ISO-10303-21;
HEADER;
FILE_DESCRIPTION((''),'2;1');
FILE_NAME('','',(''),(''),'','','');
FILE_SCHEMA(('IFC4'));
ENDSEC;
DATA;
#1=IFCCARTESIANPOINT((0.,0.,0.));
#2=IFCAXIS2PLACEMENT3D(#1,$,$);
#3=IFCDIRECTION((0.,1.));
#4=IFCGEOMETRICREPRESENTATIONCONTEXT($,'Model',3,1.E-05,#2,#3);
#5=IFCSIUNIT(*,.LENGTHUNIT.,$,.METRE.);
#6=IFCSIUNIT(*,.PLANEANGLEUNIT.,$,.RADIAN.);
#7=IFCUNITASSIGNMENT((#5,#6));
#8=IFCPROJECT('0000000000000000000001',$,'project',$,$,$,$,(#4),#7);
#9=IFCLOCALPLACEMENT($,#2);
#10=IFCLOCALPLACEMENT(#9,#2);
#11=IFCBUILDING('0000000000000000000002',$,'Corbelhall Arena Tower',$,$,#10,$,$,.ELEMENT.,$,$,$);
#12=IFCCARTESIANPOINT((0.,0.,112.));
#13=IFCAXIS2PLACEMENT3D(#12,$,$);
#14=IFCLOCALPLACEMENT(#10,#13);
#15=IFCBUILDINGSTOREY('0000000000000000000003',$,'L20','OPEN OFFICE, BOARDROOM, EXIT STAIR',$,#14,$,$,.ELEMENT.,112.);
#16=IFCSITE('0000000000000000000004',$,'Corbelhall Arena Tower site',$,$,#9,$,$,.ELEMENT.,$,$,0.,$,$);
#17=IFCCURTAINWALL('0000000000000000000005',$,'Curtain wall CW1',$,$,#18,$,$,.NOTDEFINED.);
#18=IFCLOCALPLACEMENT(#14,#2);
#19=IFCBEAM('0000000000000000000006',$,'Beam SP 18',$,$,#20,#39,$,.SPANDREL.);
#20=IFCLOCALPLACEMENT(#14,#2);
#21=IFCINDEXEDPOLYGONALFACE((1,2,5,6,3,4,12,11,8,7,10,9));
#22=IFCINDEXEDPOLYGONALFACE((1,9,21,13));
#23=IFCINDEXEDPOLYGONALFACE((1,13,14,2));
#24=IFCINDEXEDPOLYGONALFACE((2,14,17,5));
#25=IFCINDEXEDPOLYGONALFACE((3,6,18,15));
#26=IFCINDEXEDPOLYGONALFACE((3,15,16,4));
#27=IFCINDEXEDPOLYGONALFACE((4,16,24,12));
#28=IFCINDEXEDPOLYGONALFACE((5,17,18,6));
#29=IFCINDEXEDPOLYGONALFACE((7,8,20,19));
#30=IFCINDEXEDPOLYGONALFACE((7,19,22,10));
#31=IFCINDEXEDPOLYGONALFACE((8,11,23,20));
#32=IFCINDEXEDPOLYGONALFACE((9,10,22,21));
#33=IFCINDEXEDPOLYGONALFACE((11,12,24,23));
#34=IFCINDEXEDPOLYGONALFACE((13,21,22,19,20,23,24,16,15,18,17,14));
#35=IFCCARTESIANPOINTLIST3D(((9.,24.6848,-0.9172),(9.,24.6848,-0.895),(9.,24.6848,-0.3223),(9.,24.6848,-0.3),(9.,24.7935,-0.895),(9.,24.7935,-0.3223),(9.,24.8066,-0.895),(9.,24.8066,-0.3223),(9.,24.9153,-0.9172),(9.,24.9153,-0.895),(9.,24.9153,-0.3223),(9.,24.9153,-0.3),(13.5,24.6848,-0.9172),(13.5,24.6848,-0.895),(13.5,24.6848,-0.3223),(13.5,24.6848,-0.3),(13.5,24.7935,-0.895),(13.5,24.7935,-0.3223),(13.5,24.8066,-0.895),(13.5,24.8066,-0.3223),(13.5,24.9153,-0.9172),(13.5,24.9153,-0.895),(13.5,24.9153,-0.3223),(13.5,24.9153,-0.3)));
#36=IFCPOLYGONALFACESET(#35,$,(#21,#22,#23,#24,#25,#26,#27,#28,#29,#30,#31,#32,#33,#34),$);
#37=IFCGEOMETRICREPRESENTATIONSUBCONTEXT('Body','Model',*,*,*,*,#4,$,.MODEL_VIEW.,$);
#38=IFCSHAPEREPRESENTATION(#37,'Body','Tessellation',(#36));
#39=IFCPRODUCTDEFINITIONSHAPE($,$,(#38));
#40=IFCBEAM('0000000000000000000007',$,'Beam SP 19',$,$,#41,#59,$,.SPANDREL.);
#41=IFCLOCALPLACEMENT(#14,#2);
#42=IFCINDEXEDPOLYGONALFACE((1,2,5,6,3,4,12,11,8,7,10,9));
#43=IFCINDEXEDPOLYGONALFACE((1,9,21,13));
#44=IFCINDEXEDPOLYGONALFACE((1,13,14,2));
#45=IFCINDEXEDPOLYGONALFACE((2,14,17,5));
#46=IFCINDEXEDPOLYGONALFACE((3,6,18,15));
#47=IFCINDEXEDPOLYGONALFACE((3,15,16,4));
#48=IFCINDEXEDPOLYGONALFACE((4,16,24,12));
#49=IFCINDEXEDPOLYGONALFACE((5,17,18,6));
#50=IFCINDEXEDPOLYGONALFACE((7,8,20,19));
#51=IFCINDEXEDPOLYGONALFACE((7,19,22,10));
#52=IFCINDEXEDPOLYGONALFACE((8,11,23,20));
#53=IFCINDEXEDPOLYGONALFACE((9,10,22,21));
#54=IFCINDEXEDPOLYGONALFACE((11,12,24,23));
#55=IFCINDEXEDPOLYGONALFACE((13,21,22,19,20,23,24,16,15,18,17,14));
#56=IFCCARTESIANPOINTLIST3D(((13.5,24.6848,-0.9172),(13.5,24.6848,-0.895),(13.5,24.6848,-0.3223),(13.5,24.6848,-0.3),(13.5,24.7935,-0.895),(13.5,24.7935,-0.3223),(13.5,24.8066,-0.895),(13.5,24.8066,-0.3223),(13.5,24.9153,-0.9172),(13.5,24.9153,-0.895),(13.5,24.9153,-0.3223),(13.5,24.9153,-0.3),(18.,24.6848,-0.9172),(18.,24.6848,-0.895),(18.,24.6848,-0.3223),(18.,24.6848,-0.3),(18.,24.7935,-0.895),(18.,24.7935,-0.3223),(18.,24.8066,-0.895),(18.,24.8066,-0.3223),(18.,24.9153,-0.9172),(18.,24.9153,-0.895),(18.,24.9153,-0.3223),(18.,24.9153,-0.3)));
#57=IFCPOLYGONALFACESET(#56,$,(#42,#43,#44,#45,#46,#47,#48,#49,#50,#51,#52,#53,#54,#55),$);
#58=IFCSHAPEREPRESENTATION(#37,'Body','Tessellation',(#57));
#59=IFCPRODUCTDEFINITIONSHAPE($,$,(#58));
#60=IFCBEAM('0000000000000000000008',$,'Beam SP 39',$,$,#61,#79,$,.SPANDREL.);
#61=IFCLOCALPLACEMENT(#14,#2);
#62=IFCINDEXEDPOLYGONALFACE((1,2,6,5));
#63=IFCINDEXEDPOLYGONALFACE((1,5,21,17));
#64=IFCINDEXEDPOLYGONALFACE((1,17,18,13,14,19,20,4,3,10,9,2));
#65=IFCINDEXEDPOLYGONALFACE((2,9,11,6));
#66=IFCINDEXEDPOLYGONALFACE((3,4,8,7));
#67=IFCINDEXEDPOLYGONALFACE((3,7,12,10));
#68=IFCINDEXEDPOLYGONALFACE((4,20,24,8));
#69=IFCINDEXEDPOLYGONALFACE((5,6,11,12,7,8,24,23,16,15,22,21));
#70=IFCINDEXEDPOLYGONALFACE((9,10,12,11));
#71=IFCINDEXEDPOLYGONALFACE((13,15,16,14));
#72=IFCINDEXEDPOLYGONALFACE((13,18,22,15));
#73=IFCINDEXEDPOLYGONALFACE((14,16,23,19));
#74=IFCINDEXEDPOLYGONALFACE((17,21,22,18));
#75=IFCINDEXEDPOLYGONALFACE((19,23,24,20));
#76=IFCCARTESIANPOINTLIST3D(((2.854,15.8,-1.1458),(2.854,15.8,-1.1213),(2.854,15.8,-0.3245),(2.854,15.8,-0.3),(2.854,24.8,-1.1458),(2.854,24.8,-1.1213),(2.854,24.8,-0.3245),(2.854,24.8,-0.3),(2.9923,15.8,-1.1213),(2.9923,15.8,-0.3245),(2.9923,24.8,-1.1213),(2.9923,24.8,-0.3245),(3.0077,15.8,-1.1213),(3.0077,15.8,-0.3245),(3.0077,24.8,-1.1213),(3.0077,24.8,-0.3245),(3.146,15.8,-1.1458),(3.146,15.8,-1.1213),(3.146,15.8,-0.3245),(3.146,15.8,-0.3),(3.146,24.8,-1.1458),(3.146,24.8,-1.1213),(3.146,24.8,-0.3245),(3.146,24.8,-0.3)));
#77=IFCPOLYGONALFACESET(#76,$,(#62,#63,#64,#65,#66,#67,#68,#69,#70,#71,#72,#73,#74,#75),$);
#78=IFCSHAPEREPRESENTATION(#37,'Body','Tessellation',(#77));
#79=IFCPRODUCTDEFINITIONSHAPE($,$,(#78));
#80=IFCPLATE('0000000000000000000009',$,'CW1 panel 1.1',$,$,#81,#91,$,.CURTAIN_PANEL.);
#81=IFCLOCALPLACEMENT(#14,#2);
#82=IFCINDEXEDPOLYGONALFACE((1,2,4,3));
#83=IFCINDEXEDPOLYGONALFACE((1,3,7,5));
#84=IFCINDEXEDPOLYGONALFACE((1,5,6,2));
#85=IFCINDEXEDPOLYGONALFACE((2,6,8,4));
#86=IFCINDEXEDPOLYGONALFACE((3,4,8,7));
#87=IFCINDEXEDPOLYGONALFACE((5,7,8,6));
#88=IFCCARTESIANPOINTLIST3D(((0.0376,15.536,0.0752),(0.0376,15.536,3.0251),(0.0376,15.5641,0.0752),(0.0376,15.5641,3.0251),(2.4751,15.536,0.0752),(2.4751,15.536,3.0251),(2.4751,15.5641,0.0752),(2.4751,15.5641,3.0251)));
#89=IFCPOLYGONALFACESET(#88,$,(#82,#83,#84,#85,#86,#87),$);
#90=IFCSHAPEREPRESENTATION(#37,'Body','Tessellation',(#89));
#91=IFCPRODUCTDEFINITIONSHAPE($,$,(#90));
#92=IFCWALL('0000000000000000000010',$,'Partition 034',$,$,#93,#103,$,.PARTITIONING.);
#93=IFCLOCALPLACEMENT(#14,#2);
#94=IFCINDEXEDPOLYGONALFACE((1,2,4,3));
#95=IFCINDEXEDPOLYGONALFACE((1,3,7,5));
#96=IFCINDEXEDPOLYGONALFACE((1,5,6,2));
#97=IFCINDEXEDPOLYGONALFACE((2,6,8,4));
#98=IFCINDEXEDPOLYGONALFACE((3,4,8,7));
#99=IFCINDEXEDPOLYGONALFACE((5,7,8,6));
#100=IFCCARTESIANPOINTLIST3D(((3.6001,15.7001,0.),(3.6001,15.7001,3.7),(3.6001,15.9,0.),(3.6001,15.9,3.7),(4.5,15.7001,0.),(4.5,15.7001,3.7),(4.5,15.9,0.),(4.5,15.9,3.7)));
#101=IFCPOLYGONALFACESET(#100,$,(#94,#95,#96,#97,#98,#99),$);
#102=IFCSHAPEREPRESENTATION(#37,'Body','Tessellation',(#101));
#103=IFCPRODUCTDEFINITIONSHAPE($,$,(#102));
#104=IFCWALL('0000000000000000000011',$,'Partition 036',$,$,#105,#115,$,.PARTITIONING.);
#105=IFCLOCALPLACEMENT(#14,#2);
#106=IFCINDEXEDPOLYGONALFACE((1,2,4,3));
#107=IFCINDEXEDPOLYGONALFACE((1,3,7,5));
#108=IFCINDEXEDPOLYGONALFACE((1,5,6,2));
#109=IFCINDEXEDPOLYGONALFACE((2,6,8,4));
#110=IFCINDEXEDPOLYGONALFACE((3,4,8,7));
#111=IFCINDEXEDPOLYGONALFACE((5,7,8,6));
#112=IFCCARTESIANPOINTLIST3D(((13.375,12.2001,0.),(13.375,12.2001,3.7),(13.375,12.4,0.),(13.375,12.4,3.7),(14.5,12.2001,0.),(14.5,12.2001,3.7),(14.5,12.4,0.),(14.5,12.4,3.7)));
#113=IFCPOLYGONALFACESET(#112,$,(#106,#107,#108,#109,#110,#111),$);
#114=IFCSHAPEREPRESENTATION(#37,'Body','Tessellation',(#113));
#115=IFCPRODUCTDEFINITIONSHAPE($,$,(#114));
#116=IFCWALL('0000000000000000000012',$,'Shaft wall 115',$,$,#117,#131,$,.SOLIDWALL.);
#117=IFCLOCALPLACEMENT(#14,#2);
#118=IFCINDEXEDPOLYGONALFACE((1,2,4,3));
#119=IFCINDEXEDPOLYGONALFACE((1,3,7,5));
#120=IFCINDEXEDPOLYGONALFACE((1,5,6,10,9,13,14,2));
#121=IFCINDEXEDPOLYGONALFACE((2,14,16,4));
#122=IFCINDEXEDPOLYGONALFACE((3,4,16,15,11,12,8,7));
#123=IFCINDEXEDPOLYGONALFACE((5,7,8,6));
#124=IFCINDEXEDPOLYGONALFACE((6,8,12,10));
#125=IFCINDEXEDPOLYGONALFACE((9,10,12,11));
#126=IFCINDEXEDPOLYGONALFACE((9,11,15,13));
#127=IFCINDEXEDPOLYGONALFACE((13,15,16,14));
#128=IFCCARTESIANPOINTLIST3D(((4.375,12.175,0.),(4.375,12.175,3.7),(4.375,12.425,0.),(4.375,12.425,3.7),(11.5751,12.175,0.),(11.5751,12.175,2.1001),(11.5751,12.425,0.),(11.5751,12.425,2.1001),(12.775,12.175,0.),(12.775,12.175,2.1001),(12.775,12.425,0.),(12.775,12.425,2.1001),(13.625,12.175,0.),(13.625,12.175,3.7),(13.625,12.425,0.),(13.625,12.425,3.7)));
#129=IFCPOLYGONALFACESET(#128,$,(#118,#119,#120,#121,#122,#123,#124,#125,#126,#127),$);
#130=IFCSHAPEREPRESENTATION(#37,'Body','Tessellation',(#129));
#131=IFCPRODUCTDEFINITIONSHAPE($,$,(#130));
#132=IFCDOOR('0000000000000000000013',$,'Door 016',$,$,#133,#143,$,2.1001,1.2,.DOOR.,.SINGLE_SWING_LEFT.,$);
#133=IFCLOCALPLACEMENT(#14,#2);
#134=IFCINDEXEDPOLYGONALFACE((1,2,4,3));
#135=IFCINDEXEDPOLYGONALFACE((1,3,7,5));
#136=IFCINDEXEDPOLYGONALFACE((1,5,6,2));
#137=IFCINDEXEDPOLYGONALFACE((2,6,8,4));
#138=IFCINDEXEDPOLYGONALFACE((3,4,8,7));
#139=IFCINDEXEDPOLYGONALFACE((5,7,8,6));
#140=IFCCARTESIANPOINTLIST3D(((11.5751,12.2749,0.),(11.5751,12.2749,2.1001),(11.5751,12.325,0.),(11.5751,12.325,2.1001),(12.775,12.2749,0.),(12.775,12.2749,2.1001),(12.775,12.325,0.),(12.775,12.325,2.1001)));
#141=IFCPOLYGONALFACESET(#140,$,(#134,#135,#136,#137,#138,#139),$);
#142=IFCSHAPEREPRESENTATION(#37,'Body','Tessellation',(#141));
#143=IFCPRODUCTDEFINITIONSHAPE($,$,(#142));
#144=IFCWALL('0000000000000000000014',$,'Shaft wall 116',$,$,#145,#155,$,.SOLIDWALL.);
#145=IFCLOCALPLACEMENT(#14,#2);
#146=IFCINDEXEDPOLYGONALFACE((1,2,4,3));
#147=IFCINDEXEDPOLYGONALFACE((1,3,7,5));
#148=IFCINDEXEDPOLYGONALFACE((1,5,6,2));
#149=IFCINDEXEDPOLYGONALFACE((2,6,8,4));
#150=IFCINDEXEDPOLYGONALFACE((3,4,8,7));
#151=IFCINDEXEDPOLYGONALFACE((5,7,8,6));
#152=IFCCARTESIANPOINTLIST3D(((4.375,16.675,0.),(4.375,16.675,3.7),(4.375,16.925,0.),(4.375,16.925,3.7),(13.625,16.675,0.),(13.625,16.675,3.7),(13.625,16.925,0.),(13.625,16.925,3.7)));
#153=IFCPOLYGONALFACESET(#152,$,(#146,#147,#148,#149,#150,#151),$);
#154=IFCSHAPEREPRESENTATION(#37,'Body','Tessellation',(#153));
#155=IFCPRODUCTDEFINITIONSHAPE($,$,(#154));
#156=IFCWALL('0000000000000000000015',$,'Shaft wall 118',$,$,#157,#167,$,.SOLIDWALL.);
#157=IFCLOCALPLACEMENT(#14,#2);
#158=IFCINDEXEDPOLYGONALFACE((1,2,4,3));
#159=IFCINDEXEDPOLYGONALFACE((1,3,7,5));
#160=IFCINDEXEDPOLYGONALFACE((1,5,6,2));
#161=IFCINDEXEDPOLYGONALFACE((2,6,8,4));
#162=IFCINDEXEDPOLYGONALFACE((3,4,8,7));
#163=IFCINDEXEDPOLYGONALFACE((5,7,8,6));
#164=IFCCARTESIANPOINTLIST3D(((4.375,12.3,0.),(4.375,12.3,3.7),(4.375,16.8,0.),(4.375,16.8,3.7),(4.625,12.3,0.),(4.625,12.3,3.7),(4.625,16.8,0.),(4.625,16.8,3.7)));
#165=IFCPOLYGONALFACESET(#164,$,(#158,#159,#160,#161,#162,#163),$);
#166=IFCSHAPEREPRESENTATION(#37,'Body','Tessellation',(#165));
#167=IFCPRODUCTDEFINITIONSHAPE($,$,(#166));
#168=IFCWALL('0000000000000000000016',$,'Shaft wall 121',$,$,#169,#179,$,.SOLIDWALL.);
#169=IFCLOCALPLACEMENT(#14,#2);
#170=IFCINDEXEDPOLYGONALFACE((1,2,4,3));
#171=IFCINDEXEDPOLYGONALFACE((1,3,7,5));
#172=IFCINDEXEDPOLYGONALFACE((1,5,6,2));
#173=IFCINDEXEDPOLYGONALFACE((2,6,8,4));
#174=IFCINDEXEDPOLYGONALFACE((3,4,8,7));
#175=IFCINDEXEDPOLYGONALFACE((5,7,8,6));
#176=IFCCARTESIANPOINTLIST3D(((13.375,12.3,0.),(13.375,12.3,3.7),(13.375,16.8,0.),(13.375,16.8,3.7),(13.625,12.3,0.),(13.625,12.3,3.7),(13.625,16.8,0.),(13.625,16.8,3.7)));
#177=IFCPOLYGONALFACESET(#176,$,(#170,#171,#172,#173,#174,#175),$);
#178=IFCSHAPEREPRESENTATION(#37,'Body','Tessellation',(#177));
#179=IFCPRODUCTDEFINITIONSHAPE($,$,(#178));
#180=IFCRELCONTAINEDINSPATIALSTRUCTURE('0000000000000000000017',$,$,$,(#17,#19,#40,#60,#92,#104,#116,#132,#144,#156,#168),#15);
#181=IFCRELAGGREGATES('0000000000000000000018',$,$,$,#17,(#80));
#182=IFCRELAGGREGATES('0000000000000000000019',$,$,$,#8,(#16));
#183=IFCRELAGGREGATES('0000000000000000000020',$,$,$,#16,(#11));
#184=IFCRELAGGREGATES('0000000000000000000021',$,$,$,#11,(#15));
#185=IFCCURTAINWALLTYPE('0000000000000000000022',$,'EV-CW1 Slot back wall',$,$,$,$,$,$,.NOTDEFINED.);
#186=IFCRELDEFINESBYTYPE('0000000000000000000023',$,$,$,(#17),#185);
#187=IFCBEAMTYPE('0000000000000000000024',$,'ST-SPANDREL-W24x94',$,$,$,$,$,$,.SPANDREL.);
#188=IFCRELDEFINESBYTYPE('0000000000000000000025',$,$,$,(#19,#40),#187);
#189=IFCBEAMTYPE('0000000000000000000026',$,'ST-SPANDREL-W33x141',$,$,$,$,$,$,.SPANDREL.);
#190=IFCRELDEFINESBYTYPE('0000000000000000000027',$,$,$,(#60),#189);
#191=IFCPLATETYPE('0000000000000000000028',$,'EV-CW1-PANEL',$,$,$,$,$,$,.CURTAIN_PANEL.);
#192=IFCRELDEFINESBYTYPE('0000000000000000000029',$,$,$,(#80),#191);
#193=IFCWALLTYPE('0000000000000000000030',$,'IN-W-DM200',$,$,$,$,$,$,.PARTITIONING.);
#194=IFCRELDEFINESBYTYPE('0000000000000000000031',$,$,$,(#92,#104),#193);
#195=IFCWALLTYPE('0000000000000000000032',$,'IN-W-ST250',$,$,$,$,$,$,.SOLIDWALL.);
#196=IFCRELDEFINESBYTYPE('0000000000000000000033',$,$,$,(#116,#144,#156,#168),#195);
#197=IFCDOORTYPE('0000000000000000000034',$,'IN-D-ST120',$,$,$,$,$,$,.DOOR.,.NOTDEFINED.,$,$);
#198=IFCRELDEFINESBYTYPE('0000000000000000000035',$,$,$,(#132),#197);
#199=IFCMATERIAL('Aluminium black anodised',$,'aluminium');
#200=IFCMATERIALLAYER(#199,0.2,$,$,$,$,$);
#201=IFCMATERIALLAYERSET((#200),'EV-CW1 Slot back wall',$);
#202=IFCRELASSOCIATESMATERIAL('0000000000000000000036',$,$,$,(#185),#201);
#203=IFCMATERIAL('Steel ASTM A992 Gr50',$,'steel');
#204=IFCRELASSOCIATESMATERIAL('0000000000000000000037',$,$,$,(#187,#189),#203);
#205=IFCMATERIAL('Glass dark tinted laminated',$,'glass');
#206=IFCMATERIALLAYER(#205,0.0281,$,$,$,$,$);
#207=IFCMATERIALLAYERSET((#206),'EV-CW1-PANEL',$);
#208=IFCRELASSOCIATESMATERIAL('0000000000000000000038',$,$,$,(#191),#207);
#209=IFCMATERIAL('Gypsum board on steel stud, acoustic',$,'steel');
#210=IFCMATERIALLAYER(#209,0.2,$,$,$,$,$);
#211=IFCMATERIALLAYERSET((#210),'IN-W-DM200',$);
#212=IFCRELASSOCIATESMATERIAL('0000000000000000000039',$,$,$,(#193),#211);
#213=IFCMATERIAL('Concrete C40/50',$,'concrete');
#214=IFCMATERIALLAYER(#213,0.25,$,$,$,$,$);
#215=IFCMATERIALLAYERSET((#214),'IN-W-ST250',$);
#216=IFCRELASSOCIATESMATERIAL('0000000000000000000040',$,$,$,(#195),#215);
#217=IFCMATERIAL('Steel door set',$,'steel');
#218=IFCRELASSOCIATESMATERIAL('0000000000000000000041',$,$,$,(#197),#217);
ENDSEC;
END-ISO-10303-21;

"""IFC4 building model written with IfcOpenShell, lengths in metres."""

from ifc_helpers import new_model, si_unit, direction, frame, frame_2d, origin, origin_2d, place, context, subcontext, project, spatial, rectangle, i_section, extrude, material, layer, layer_set, material_profile, profile_set, type_object, element, fill, aggregate, save


model = new_model("IFC4")

# Units and contexts
model_context = context("Model", 3, precision=1e-05, world=origin(), true_north=direction((0.0, 1.0)))
body_context = subcontext(model_context, "Body", "Model", "MODEL_VIEW")
ifc_project = project(units=[si_unit("LENGTHUNIT", "METRE"), si_unit("PLANEANGLEUNIT", "RADIAN")], contexts=[model_context])

# Site, building, storey
site_placement = place(None, origin())
site = spatial("IfcSite", under=ifc_project, at=site_placement, Name="Corbelhall Arena Tower site", CompositionType="ELEMENT", RefElevation=0.0)
building_placement = place(site_placement, origin())
building = spatial("IfcBuilding", under=site, at=building_placement, Name="Corbelhall Arena Tower", CompositionType="ELEMENT")
storey_placement = place(building_placement, frame((0.0, 0.0, 112.0)))
storey = spatial("IfcBuildingStorey", under=building, at=storey_placement, Name="L20", Description="OPEN OFFICE, BOARDROOM, EXIT STAIR", CompositionType="ELEMENT", Elevation=112.0)

# Curtain wall
ifc_material_1 = material(Name="Aluminium black anodised", Category="aluminium")
ifc_layer_1 = layer(ifc_material_1, 0.2)
ifc_layer_set_1 = layer_set([ifc_layer_1], Name="EV-CW1 Slot back wall")
curtain_wall_type = type_object("IfcCurtainWallType", Name="EV-CW1 Slot back wall", PredefinedType="NOTDEFINED", material=ifc_layer_set_1)
curtain_wall_placement = place(storey_placement, origin())
curtain_wall = element("IfcCurtainWall", 1, at=curtain_wall_placement, inside=storey, type_object=curtain_wall_type, Name="Curtain wall CW1", PredefinedType="NOTDEFINED")

# Beams
ifc_material_2 = material(Name="Steel ASTM A992 Gr50", Category="steel")
ifc_material_profile_1 = material_profile(ifc_material_2, i_section(OverallWidth=0.2305, OverallDepth=0.6172, WebThickness=0.0132, FlangeThickness=0.0222, at=origin_2d()))
ifc_profile_set_1 = profile_set([ifc_material_profile_1], Name="Steel ASTM A992 Gr50")
beam_type_1 = type_object("IfcBeamType", Name="ST-SPANDREL-W24x94", PredefinedType="SPANDREL", material=ifc_profile_set_1)
for number, where, z_axis, x_axis, name in (
    (2, (9.0, 24.8, -0.6086), (1.0, 0.0, 0.0), (0.0, 1.0, 0.0), "Beam SP 18"),
    (3, (13.5, 24.8, -0.6086), (1.0, 0.0, 0.0), (0.0, 1.0, 0.0), "Beam SP 19"),
):
    element("IfcBeam", number, at=place(storey_placement, frame(where, z_axis=z_axis, x_axis=x_axis)), inside=storey, type_object=beam_type_1, Name=name, PredefinedType="SPANDREL", context=body_context, shape_type="SweptSolid", body=[
        extrude(i_section(OverallWidth=0.2305, OverallDepth=0.6172, WebThickness=0.0132, FlangeThickness=0.0222, at=origin_2d()), origin(), (0.0, 0.0, 1.0), 4.5),
    ])
ifc_material_profile_2 = material_profile(ifc_material_2, i_section(OverallWidth=0.292, OverallDepth=0.8457, WebThickness=0.0154, FlangeThickness=0.0244, at=origin_2d()))
ifc_profile_set_2 = profile_set([ifc_material_profile_2], Name="Steel ASTM A992 Gr50")
beam_type_2 = type_object("IfcBeamType", Name="ST-SPANDREL-W33x141", PredefinedType="SPANDREL", material=ifc_profile_set_2)
beam_1_placement = place(storey_placement, frame((3.0, 15.8, -0.7229), z_axis=(0.0, 1.0, 0.0), x_axis=(-1.0, 0.0, 0.0)))
element("IfcBeam", 4, at=beam_1_placement, inside=storey, type_object=beam_type_2, Name="Beam SP 39", PredefinedType="SPANDREL", context=body_context, shape_type="SweptSolid", body=[
    extrude(i_section(OverallWidth=0.292, OverallDepth=0.8457, WebThickness=0.0154, FlangeThickness=0.0244, at=origin_2d()), origin(), (0.0, 0.0, 1.0), 9.0),
])

# Plate
ifc_material_3 = material(Name="Glass dark tinted laminated", Category="glass")
ifc_layer_2 = layer(ifc_material_3, 0.0281)
ifc_layer_set_2 = layer_set([ifc_layer_2], Name="EV-CW1-PANEL")
plate_type = type_object("IfcPlateType", Name="EV-CW1-PANEL", PredefinedType="CURTAIN_PANEL", material=ifc_layer_set_2)
plate_placement = place(storey_placement, frame((1.2563, 15.55, 0.0752), z_axis=(0.0, 0.0, 1.0), x_axis=(-1.0, 0.0, 0.0)))
plate = element("IfcPlate", 5, at=plate_placement, type_object=plate_type, Name="CW1 panel 1.1", PredefinedType="CURTAIN_PANEL", context=body_context, shape_type="SweptSolid", body=[
    extrude(rectangle(XDim=2.4375, YDim=0.0281, at=origin_2d()), origin(), (0.0, 0.0, 1.0), 2.95),
])
aggregate(curtain_wall, [plate])

# Walls
ifc_material_4 = material(Name="Gypsum board on steel stud, acoustic", Category="steel")
ifc_layer_3 = layer(ifc_material_4, 0.2)
ifc_layer_set_3 = layer_set([ifc_layer_3], Name="IN-W-DM200")
wall_type_1 = type_object("IfcWallType", Name="IN-W-DM200", PredefinedType="PARTITIONING", material=ifc_layer_set_3)
wall_1_placement = place(storey_placement, frame((3.6001, 15.8, 0.0), z_axis=(0.0, 0.0, 1.0), x_axis=(1.0, 0.0, 0.0)))
element("IfcWall", 6, at=wall_1_placement, inside=storey, type_object=wall_type_1, Name="Partition 034", PredefinedType="PARTITIONING", context=body_context, shape_type="SweptSolid", body=[
    extrude(rectangle(XDim=0.8999, YDim=0.2, at=frame_2d((0.45, 0.0))), origin(), (0.0, 0.0, 1.0), 3.7),
])
wall_2_placement = place(storey_placement, frame((13.375, 12.3, 0.0), z_axis=(0.0, 0.0, 1.0), x_axis=(1.0, 0.0, 0.0)))
element("IfcWall", 7, at=wall_2_placement, inside=storey, type_object=wall_type_1, Name="Partition 036", PredefinedType="PARTITIONING", context=body_context, shape_type="SweptSolid", body=[
    extrude(rectangle(XDim=1.125, YDim=0.2, at=frame_2d((0.5625, 0.0))), origin(), (0.0, 0.0, 1.0), 3.7),
])

# Wall, opening, door
ifc_material_5 = material(Name="Concrete C40/50", Category="concrete")
ifc_layer_4 = layer(ifc_material_5, 0.25)
ifc_layer_set_4 = layer_set([ifc_layer_4], Name="IN-W-ST250")
wall_type_2 = type_object("IfcWallType", Name="IN-W-ST250", PredefinedType="SOLIDWALL", material=ifc_layer_set_4)
wall_3_placement = place(storey_placement, frame((4.375, 12.3, 0.0), z_axis=(0.0, 0.0, 1.0), x_axis=(1.0, 0.0, 0.0)))
wall_3 = element("IfcWall", 8, at=wall_3_placement, inside=storey, type_object=wall_type_2, Name="Shaft wall 115", PredefinedType="SOLIDWALL", context=body_context, shape_type="SweptSolid", body=[
    extrude(rectangle(XDim=9.25, YDim=0.25, at=frame_2d((4.625, 0.0))), origin(), (0.0, 0.0, 1.0), 3.7),
])
opening_1_placement = place(wall_3_placement, frame((7.2, 0.0, 0.0)))
opening_1 = element("IfcOpeningElement", 9, at=opening_1_placement, cuts=wall_3, PredefinedType="OPENING", context=body_context, shape_type="SweptSolid", body=[
    extrude(rectangle(XDim=1.2, YDim=2.1001, at=frame_2d((0.6001, 1.05))), frame((0.0, 0.125, 0.0), z_axis=(0.0, -1.0, 0.0), x_axis=(1.0, 0.0, 0.0)), (0.0, 0.0, 1.0), 0.25),
])
ifc_material_6 = material(Name="Steel door set", Category="steel")
door_type = type_object("IfcDoorType", Name="IN-D-ST120", OperationType="NOTDEFINED", PredefinedType="DOOR", material=ifc_material_6)
door_placement = place(opening_1_placement, origin())
door = element("IfcDoor", 10, at=door_placement, inside=storey, type_object=door_type, Name="Door 016", OperationType="SINGLE_SWING_LEFT", OverallHeight=2.1001, OverallWidth=1.2, PredefinedType="DOOR", context=body_context, shape_type="SweptSolid", body=[
    extrude(rectangle(XDim=1.2, YDim=2.1001, at=frame_2d((0.6001, 1.05))), frame((0.0, 0.0249, 0.0), z_axis=(0.0, -1.0, 0.0), x_axis=(1.0, 0.0, 0.0)), (0.0, 0.0, 1.0), 0.05),
])
fill(opening_1, door)

# Walls
wall_4_placement = place(storey_placement, frame((4.375, 16.8, 0.0), z_axis=(0.0, 0.0, 1.0), x_axis=(1.0, 0.0, 0.0)))
element("IfcWall", 11, at=wall_4_placement, inside=storey, type_object=wall_type_2, Name="Shaft wall 116", PredefinedType="SOLIDWALL", context=body_context, shape_type="SweptSolid", body=[
    extrude(rectangle(XDim=9.25, YDim=0.25, at=frame_2d((4.625, 0.0))), origin(), (0.0, 0.0, 1.0), 3.7),
])
for number, where, z_axis, x_axis, name in (
    (12, (4.5, 12.3, 0.0), (0.0, 0.0, 1.0), (0.0, 1.0, 0.0), "Shaft wall 118"),
    (13, (13.5, 16.8, 0.0), (0.0, 0.0, 1.0), (0.0, -1.0, 0.0), "Shaft wall 121"),
):
    element("IfcWall", number, at=place(storey_placement, frame(where, z_axis=z_axis, x_axis=x_axis)), inside=storey, type_object=wall_type_2, Name=name, PredefinedType="SOLIDWALL", context=body_context, shape_type="SweptSolid", body=[
        extrude(rectangle(XDim=4.5, YDim=0.25, at=frame_2d((2.25, 0.0))), origin(), (0.0, 0.0, 1.0), 3.7),
    ])

save(model, "model.ifc")
